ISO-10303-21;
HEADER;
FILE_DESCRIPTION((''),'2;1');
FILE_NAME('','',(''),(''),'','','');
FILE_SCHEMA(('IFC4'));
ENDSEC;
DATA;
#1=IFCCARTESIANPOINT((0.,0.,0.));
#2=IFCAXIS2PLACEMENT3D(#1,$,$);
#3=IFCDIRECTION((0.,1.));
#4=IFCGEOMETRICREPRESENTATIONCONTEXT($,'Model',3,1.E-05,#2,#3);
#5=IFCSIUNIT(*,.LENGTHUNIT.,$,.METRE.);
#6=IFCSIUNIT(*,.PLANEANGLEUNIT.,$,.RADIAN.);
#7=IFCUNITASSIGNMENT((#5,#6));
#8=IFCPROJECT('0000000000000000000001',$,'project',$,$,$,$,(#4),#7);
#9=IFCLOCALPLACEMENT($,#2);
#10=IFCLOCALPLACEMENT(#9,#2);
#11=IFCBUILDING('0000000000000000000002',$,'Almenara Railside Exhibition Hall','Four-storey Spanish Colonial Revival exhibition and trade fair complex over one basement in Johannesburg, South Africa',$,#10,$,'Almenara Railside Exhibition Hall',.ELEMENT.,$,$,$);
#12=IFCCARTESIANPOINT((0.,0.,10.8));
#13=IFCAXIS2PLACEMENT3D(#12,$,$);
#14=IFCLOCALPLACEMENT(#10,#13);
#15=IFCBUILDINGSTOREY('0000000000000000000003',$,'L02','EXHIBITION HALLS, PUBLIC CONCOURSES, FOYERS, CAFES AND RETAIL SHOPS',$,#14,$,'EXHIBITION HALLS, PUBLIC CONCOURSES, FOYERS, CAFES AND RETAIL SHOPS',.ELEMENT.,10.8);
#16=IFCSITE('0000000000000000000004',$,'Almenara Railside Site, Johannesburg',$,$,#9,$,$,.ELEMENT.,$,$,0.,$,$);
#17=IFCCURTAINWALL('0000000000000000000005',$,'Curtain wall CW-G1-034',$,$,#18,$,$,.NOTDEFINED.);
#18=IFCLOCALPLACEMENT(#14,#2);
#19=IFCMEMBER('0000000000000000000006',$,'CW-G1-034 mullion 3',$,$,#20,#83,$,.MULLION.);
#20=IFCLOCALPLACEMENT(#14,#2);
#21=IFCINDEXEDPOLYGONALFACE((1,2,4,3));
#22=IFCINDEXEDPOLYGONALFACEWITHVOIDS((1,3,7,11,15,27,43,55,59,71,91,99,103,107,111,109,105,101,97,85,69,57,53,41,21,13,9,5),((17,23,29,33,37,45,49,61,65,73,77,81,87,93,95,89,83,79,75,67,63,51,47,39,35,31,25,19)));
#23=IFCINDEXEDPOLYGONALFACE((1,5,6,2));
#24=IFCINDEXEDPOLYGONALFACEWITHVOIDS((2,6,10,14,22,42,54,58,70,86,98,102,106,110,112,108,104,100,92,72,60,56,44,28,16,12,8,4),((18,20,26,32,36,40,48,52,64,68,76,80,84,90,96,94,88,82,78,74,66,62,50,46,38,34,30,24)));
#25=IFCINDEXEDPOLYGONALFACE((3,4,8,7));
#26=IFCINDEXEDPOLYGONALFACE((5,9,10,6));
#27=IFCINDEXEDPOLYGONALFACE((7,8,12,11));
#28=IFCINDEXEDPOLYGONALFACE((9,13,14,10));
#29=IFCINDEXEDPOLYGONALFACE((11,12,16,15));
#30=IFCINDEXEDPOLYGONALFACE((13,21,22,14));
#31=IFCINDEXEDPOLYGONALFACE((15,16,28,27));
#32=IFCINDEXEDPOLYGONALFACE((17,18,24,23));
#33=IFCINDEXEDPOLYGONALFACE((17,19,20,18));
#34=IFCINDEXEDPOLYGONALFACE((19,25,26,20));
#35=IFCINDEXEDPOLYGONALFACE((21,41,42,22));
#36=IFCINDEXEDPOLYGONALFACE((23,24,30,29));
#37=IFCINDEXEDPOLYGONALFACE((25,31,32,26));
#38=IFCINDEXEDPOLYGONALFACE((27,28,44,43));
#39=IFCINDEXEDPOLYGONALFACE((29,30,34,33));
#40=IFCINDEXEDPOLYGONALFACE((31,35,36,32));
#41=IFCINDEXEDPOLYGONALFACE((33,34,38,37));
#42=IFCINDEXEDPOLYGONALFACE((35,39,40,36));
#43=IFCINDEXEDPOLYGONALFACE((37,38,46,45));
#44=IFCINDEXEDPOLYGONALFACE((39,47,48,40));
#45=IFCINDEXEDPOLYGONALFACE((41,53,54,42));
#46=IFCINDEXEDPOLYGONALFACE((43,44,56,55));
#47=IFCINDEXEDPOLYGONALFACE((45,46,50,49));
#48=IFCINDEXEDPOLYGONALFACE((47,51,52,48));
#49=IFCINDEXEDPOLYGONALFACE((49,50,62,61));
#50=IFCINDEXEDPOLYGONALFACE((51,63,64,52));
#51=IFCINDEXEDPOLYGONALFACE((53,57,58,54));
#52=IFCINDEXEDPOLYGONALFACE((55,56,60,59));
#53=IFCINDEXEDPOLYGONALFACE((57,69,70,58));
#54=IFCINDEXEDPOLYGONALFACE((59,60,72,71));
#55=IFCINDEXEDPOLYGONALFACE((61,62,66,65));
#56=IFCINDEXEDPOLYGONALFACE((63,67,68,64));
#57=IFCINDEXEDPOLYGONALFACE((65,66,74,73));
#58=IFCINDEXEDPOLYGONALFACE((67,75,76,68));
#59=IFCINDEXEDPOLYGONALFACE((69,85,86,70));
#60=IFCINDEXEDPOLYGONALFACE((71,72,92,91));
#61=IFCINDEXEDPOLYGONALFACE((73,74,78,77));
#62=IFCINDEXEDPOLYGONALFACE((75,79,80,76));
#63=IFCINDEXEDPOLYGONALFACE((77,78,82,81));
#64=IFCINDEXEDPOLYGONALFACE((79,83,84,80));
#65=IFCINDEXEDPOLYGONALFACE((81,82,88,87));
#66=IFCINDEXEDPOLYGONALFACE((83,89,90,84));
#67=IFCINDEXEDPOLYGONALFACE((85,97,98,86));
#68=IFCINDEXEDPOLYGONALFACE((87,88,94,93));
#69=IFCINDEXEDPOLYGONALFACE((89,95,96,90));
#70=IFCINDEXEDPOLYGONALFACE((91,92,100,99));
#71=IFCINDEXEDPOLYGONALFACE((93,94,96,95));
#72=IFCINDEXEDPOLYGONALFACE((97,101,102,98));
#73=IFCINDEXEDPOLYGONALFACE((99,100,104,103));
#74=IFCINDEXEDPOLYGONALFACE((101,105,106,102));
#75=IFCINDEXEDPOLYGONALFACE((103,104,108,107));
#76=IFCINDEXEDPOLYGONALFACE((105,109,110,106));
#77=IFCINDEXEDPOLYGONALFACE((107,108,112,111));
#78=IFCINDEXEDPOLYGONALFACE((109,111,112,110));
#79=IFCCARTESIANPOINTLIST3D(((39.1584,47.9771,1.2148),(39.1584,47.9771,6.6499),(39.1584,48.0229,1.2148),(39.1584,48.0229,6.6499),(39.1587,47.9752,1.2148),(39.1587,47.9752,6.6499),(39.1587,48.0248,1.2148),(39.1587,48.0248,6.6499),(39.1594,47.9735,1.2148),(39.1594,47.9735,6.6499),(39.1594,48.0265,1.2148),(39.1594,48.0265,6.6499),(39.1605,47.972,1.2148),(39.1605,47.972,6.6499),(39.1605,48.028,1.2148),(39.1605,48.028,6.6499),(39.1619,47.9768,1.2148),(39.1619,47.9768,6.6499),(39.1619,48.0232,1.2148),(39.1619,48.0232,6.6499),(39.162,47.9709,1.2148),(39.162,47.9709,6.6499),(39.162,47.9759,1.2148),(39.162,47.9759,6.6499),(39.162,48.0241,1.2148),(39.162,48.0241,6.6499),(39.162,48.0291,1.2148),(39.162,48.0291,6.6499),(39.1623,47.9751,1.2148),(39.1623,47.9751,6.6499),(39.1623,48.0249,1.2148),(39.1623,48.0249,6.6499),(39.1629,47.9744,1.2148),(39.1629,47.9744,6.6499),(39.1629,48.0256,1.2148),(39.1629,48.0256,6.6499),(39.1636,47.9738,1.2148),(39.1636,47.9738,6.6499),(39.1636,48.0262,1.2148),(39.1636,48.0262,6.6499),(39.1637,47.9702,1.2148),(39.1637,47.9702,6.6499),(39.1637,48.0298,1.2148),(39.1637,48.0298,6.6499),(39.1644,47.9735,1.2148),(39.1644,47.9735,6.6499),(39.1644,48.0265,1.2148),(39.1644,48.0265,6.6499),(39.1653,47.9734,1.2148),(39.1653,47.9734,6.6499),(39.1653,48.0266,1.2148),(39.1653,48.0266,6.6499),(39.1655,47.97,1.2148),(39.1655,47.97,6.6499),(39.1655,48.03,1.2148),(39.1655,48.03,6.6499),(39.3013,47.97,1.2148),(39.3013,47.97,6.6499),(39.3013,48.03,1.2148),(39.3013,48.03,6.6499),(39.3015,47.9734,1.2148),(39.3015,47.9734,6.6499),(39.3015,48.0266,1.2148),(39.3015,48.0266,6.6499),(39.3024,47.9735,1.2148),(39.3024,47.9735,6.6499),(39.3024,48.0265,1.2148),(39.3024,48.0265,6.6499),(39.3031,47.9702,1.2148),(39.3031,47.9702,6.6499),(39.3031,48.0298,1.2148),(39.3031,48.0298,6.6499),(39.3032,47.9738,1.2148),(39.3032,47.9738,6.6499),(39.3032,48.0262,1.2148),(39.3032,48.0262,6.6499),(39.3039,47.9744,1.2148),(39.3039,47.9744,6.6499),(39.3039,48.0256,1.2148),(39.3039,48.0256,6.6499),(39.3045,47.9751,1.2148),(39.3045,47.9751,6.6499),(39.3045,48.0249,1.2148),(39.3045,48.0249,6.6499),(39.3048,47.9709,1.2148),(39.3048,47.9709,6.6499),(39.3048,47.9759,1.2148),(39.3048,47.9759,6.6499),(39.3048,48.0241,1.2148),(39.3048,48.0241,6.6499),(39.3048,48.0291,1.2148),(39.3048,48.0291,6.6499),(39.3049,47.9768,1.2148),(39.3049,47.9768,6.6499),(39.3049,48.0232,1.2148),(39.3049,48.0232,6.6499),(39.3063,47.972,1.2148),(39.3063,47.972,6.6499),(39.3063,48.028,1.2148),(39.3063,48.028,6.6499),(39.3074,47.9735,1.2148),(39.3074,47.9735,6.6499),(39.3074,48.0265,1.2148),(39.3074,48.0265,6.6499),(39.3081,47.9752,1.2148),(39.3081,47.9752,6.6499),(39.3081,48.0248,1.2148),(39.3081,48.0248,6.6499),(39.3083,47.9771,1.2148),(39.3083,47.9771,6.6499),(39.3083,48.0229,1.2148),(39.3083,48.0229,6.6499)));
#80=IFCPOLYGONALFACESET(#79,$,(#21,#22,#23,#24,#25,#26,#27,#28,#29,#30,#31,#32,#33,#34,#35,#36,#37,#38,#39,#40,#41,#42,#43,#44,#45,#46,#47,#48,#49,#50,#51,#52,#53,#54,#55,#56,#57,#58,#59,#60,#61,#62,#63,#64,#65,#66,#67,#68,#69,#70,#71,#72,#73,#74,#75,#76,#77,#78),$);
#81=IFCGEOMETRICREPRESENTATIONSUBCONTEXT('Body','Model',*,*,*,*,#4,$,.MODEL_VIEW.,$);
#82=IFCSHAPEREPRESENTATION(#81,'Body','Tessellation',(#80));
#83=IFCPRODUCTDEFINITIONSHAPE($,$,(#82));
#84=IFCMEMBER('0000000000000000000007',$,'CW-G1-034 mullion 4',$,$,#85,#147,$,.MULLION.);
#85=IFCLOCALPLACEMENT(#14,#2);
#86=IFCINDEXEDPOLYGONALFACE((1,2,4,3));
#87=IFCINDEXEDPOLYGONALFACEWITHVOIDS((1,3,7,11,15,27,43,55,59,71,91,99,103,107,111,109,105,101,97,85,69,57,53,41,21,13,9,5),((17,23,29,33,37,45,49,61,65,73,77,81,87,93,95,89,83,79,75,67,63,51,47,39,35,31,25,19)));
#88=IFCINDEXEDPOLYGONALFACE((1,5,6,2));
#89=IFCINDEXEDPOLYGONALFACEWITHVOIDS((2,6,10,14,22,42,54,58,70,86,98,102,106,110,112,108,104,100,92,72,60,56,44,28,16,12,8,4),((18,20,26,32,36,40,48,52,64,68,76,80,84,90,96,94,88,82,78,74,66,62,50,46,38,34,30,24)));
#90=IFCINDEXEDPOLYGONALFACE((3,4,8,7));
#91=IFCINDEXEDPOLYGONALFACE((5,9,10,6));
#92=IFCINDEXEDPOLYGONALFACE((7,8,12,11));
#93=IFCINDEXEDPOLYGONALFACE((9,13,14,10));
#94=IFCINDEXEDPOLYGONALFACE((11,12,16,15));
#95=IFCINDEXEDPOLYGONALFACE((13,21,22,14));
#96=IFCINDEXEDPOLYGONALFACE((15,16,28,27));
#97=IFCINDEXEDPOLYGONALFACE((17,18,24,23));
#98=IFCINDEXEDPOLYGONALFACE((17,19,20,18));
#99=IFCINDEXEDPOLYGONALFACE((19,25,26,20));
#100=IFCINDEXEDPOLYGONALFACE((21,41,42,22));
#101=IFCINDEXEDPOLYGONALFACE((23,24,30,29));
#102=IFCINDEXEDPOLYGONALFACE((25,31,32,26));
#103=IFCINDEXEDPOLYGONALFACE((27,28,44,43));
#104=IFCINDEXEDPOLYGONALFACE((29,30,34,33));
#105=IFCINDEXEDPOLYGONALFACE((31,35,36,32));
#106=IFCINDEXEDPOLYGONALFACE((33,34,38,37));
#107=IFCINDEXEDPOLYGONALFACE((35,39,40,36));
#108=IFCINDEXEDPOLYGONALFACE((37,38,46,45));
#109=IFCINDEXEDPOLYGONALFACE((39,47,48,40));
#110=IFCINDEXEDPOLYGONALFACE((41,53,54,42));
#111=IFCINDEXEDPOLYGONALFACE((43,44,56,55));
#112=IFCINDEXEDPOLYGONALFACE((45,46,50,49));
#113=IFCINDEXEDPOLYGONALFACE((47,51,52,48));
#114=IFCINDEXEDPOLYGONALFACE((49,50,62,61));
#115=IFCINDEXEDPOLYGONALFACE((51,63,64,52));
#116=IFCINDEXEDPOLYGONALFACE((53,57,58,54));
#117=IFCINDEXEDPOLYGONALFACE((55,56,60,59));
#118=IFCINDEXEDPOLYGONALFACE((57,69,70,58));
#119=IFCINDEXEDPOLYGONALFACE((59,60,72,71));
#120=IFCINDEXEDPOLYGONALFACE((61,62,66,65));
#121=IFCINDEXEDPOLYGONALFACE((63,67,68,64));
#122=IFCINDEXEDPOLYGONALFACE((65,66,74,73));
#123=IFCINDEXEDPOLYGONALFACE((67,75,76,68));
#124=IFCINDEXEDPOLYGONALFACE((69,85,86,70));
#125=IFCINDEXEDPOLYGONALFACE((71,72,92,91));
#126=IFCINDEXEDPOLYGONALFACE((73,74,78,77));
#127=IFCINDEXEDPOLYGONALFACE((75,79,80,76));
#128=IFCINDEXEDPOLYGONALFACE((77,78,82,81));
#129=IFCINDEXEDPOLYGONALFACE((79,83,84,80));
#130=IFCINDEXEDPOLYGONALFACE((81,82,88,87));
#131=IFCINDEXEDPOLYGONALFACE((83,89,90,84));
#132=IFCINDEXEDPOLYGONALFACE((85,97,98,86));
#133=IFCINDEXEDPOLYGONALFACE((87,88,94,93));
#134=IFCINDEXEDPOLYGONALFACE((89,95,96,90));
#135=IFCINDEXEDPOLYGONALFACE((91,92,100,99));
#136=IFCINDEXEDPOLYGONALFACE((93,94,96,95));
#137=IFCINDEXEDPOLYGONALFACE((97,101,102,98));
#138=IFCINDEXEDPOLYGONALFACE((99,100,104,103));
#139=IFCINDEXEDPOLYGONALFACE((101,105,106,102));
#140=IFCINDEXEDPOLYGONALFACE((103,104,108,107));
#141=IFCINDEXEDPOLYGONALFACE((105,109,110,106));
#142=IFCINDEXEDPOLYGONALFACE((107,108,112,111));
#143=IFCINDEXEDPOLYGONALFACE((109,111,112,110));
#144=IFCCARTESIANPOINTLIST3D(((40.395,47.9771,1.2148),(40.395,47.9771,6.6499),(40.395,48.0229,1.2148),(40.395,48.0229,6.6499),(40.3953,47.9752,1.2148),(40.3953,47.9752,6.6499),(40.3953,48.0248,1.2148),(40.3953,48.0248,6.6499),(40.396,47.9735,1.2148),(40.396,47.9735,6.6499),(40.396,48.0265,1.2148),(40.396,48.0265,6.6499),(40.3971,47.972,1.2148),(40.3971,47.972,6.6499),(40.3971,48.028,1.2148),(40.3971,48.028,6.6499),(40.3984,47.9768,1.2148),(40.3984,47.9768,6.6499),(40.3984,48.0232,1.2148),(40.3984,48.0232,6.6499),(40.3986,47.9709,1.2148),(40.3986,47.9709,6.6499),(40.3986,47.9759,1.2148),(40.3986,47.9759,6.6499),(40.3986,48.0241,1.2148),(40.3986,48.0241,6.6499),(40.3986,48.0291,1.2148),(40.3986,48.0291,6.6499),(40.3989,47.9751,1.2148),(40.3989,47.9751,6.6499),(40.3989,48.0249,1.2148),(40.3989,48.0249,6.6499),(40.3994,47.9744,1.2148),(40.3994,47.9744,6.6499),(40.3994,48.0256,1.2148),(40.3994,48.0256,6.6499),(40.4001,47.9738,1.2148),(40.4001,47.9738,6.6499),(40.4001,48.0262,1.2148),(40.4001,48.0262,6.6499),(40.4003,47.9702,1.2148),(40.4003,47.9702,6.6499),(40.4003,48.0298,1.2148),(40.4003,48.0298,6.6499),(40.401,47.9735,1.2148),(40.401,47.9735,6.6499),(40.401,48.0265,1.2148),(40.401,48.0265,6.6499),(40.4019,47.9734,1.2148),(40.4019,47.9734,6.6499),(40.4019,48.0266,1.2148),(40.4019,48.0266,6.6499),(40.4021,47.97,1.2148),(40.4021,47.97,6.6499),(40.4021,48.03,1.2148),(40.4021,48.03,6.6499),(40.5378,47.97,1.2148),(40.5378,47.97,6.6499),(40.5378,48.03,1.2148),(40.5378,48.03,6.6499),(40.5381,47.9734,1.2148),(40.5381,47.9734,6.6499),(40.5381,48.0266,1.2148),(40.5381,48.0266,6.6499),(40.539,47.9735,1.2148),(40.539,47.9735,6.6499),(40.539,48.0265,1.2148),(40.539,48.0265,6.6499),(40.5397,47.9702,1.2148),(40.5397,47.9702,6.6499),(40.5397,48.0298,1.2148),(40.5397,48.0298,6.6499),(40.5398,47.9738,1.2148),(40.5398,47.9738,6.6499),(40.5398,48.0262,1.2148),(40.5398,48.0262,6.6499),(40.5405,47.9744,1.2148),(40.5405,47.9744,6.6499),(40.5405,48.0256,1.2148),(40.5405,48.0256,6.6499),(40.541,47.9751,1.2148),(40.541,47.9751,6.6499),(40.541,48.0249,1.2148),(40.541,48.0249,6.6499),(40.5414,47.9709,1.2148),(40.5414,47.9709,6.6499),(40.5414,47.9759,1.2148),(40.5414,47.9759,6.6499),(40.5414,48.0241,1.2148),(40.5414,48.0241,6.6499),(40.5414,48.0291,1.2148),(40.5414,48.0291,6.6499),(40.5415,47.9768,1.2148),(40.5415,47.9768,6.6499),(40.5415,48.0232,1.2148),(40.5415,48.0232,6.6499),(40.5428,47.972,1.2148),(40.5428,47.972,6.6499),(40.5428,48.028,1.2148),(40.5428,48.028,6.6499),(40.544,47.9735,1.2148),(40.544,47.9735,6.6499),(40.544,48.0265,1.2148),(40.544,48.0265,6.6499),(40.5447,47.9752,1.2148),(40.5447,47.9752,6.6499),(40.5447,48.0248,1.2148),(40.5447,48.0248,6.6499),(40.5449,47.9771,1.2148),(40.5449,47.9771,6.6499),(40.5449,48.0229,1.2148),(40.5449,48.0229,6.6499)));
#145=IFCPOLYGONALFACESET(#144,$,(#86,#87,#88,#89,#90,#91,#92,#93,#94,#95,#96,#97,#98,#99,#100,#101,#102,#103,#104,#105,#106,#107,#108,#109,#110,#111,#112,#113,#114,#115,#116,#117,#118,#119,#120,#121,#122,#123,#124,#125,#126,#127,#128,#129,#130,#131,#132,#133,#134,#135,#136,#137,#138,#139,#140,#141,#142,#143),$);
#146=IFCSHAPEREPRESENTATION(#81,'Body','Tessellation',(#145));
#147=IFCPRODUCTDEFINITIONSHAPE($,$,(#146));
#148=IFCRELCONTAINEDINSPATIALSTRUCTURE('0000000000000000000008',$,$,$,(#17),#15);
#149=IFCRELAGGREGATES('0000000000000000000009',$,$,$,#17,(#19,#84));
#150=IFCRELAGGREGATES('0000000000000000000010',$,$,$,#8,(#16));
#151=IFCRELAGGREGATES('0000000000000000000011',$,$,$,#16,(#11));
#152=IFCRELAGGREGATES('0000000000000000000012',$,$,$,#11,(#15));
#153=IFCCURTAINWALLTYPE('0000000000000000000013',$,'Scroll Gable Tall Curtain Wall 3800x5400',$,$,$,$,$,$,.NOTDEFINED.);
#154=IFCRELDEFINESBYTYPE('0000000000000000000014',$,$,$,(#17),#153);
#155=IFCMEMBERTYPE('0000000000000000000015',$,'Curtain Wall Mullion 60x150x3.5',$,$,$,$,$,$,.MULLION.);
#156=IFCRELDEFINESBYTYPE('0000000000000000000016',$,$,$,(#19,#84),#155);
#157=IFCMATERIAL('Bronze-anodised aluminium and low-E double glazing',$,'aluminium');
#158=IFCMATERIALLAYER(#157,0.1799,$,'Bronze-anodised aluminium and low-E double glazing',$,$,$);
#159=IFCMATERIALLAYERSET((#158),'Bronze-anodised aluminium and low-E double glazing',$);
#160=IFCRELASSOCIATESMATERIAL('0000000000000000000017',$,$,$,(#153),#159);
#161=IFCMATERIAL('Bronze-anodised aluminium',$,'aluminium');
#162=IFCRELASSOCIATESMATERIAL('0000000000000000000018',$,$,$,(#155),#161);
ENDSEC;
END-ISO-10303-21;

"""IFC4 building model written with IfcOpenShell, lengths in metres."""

from ifc_helpers import new_model, si_unit, direction, frame, origin, origin_2d, place, context, subcontext, project, spatial, hollow_rectangle, extrude, material, layer, layer_set, material_profile, profile_set, type_object, element, aggregate, save


model = new_model("IFC4")

# Units and contexts
model_context = context("Model", 3, precision=1e-05, world=origin(), true_north=direction((0.0, 1.0)))
body_context = subcontext(model_context, "Body", "Model", "MODEL_VIEW")
ifc_project = project(units=[si_unit("LENGTHUNIT", "METRE"), si_unit("PLANEANGLEUNIT", "RADIAN")], contexts=[model_context])

# Site, building, storey
site_placement = place(None, origin())
site = spatial("IfcSite", under=ifc_project, at=site_placement, Name="Almenara Railside Site, Johannesburg", CompositionType="ELEMENT", RefElevation=0.0)
building_placement = place(site_placement, origin())
building = spatial("IfcBuilding", under=site, at=building_placement, Name="Almenara Railside Exhibition Hall", Description="Four-storey Spanish Colonial Revival exhibition and trade fair complex over one basement in Johannesburg, South Africa", LongName="Almenara Railside Exhibition Hall", CompositionType="ELEMENT")
storey_placement = place(building_placement, frame((0.0, 0.0, 10.8)))
storey = spatial("IfcBuildingStorey", under=building, at=storey_placement, Name="L02", Description="EXHIBITION HALLS, PUBLIC CONCOURSES, FOYERS, CAFES AND RETAIL SHOPS", LongName="EXHIBITION HALLS, PUBLIC CONCOURSES, FOYERS, CAFES AND RETAIL SHOPS", CompositionType="ELEMENT", Elevation=10.8)

# Curtain wall, members
ifc_material_1 = material(Name="Bronze-anodised aluminium and low-E double glazing", Category="aluminium")
ifc_layer_1 = layer(ifc_material_1, 0.1799, Name="Bronze-anodised aluminium and low-E double glazing")
ifc_layer_set_1 = layer_set([ifc_layer_1], Name="Bronze-anodised aluminium and low-E double glazing")
curtain_wall_type = type_object("IfcCurtainWallType", Name="Scroll Gable Tall Curtain Wall 3800x5400", PredefinedType="NOTDEFINED", material=ifc_layer_set_1)
ifc_material_2 = material(Name="Bronze-anodised aluminium", Category="aluminium")
curtain_wall_1_placement = place(storey_placement, origin())
curtain_wall_1 = element("IfcCurtainWall", 1, at=curtain_wall_1_placement, inside=storey, type_object=curtain_wall_type, Name="Curtain wall CW-G1-034", PredefinedType="NOTDEFINED")
ifc_material_profile_1 = material_profile(ifc_material_2, hollow_rectangle(XDim=0.0601, YDim=0.1499, WallThickness=0.0034, InnerFilletRadius=0.0034, OuterFilletRadius=0.0071, at=origin_2d()), Name="ALU-MUL 60x150x3.5")
ifc_profile_set_1 = profile_set([ifc_material_profile_1], Name="Bronze-anodised aluminium")
member_type_1 = type_object("IfcMemberType", Name="Curtain Wall Mullion 60x150x3.5", PredefinedType="MULLION", material=ifc_profile_set_1)
member_1_placement = place(storey_placement, frame((39.2334, 48.0, 1.2148), z_axis=(0.0, 0.0, 1.0), x_axis=(0.0, 1.0, 0.0)))
member_1 = element("IfcMember", 2, at=member_1_placement, type_object=member_type_1, Name="CW-G1-034 mullion 3", PredefinedType="MULLION", context=body_context, shape_type="SweptSolid", body=[
    extrude(hollow_rectangle(XDim=0.0601, YDim=0.1499, WallThickness=0.0034, InnerFilletRadius=0.0034, OuterFilletRadius=0.0071, at=origin_2d()), origin(), (0.0, 0.0, 1.0), 5.4351),
])
member_2_placement = place(storey_placement, frame((40.47, 48.0, 1.2148), z_axis=(0.0, 0.0, 1.0), x_axis=(0.0, 1.0, 0.0)))
member_2 = element("IfcMember", 3, at=member_2_placement, type_object=member_type_1, Name="CW-G1-034 mullion 4", PredefinedType="MULLION", context=body_context, shape_type="SweptSolid", body=[
    extrude(hollow_rectangle(XDim=0.0601, YDim=0.1499, WallThickness=0.0034, InnerFilletRadius=0.0034, OuterFilletRadius=0.0071, at=origin_2d()), origin(), (0.0, 0.0, 1.0), 5.4351),
])

aggregate(curtain_wall_1, [member_1, member_2])

save(model, "model.ifc")
